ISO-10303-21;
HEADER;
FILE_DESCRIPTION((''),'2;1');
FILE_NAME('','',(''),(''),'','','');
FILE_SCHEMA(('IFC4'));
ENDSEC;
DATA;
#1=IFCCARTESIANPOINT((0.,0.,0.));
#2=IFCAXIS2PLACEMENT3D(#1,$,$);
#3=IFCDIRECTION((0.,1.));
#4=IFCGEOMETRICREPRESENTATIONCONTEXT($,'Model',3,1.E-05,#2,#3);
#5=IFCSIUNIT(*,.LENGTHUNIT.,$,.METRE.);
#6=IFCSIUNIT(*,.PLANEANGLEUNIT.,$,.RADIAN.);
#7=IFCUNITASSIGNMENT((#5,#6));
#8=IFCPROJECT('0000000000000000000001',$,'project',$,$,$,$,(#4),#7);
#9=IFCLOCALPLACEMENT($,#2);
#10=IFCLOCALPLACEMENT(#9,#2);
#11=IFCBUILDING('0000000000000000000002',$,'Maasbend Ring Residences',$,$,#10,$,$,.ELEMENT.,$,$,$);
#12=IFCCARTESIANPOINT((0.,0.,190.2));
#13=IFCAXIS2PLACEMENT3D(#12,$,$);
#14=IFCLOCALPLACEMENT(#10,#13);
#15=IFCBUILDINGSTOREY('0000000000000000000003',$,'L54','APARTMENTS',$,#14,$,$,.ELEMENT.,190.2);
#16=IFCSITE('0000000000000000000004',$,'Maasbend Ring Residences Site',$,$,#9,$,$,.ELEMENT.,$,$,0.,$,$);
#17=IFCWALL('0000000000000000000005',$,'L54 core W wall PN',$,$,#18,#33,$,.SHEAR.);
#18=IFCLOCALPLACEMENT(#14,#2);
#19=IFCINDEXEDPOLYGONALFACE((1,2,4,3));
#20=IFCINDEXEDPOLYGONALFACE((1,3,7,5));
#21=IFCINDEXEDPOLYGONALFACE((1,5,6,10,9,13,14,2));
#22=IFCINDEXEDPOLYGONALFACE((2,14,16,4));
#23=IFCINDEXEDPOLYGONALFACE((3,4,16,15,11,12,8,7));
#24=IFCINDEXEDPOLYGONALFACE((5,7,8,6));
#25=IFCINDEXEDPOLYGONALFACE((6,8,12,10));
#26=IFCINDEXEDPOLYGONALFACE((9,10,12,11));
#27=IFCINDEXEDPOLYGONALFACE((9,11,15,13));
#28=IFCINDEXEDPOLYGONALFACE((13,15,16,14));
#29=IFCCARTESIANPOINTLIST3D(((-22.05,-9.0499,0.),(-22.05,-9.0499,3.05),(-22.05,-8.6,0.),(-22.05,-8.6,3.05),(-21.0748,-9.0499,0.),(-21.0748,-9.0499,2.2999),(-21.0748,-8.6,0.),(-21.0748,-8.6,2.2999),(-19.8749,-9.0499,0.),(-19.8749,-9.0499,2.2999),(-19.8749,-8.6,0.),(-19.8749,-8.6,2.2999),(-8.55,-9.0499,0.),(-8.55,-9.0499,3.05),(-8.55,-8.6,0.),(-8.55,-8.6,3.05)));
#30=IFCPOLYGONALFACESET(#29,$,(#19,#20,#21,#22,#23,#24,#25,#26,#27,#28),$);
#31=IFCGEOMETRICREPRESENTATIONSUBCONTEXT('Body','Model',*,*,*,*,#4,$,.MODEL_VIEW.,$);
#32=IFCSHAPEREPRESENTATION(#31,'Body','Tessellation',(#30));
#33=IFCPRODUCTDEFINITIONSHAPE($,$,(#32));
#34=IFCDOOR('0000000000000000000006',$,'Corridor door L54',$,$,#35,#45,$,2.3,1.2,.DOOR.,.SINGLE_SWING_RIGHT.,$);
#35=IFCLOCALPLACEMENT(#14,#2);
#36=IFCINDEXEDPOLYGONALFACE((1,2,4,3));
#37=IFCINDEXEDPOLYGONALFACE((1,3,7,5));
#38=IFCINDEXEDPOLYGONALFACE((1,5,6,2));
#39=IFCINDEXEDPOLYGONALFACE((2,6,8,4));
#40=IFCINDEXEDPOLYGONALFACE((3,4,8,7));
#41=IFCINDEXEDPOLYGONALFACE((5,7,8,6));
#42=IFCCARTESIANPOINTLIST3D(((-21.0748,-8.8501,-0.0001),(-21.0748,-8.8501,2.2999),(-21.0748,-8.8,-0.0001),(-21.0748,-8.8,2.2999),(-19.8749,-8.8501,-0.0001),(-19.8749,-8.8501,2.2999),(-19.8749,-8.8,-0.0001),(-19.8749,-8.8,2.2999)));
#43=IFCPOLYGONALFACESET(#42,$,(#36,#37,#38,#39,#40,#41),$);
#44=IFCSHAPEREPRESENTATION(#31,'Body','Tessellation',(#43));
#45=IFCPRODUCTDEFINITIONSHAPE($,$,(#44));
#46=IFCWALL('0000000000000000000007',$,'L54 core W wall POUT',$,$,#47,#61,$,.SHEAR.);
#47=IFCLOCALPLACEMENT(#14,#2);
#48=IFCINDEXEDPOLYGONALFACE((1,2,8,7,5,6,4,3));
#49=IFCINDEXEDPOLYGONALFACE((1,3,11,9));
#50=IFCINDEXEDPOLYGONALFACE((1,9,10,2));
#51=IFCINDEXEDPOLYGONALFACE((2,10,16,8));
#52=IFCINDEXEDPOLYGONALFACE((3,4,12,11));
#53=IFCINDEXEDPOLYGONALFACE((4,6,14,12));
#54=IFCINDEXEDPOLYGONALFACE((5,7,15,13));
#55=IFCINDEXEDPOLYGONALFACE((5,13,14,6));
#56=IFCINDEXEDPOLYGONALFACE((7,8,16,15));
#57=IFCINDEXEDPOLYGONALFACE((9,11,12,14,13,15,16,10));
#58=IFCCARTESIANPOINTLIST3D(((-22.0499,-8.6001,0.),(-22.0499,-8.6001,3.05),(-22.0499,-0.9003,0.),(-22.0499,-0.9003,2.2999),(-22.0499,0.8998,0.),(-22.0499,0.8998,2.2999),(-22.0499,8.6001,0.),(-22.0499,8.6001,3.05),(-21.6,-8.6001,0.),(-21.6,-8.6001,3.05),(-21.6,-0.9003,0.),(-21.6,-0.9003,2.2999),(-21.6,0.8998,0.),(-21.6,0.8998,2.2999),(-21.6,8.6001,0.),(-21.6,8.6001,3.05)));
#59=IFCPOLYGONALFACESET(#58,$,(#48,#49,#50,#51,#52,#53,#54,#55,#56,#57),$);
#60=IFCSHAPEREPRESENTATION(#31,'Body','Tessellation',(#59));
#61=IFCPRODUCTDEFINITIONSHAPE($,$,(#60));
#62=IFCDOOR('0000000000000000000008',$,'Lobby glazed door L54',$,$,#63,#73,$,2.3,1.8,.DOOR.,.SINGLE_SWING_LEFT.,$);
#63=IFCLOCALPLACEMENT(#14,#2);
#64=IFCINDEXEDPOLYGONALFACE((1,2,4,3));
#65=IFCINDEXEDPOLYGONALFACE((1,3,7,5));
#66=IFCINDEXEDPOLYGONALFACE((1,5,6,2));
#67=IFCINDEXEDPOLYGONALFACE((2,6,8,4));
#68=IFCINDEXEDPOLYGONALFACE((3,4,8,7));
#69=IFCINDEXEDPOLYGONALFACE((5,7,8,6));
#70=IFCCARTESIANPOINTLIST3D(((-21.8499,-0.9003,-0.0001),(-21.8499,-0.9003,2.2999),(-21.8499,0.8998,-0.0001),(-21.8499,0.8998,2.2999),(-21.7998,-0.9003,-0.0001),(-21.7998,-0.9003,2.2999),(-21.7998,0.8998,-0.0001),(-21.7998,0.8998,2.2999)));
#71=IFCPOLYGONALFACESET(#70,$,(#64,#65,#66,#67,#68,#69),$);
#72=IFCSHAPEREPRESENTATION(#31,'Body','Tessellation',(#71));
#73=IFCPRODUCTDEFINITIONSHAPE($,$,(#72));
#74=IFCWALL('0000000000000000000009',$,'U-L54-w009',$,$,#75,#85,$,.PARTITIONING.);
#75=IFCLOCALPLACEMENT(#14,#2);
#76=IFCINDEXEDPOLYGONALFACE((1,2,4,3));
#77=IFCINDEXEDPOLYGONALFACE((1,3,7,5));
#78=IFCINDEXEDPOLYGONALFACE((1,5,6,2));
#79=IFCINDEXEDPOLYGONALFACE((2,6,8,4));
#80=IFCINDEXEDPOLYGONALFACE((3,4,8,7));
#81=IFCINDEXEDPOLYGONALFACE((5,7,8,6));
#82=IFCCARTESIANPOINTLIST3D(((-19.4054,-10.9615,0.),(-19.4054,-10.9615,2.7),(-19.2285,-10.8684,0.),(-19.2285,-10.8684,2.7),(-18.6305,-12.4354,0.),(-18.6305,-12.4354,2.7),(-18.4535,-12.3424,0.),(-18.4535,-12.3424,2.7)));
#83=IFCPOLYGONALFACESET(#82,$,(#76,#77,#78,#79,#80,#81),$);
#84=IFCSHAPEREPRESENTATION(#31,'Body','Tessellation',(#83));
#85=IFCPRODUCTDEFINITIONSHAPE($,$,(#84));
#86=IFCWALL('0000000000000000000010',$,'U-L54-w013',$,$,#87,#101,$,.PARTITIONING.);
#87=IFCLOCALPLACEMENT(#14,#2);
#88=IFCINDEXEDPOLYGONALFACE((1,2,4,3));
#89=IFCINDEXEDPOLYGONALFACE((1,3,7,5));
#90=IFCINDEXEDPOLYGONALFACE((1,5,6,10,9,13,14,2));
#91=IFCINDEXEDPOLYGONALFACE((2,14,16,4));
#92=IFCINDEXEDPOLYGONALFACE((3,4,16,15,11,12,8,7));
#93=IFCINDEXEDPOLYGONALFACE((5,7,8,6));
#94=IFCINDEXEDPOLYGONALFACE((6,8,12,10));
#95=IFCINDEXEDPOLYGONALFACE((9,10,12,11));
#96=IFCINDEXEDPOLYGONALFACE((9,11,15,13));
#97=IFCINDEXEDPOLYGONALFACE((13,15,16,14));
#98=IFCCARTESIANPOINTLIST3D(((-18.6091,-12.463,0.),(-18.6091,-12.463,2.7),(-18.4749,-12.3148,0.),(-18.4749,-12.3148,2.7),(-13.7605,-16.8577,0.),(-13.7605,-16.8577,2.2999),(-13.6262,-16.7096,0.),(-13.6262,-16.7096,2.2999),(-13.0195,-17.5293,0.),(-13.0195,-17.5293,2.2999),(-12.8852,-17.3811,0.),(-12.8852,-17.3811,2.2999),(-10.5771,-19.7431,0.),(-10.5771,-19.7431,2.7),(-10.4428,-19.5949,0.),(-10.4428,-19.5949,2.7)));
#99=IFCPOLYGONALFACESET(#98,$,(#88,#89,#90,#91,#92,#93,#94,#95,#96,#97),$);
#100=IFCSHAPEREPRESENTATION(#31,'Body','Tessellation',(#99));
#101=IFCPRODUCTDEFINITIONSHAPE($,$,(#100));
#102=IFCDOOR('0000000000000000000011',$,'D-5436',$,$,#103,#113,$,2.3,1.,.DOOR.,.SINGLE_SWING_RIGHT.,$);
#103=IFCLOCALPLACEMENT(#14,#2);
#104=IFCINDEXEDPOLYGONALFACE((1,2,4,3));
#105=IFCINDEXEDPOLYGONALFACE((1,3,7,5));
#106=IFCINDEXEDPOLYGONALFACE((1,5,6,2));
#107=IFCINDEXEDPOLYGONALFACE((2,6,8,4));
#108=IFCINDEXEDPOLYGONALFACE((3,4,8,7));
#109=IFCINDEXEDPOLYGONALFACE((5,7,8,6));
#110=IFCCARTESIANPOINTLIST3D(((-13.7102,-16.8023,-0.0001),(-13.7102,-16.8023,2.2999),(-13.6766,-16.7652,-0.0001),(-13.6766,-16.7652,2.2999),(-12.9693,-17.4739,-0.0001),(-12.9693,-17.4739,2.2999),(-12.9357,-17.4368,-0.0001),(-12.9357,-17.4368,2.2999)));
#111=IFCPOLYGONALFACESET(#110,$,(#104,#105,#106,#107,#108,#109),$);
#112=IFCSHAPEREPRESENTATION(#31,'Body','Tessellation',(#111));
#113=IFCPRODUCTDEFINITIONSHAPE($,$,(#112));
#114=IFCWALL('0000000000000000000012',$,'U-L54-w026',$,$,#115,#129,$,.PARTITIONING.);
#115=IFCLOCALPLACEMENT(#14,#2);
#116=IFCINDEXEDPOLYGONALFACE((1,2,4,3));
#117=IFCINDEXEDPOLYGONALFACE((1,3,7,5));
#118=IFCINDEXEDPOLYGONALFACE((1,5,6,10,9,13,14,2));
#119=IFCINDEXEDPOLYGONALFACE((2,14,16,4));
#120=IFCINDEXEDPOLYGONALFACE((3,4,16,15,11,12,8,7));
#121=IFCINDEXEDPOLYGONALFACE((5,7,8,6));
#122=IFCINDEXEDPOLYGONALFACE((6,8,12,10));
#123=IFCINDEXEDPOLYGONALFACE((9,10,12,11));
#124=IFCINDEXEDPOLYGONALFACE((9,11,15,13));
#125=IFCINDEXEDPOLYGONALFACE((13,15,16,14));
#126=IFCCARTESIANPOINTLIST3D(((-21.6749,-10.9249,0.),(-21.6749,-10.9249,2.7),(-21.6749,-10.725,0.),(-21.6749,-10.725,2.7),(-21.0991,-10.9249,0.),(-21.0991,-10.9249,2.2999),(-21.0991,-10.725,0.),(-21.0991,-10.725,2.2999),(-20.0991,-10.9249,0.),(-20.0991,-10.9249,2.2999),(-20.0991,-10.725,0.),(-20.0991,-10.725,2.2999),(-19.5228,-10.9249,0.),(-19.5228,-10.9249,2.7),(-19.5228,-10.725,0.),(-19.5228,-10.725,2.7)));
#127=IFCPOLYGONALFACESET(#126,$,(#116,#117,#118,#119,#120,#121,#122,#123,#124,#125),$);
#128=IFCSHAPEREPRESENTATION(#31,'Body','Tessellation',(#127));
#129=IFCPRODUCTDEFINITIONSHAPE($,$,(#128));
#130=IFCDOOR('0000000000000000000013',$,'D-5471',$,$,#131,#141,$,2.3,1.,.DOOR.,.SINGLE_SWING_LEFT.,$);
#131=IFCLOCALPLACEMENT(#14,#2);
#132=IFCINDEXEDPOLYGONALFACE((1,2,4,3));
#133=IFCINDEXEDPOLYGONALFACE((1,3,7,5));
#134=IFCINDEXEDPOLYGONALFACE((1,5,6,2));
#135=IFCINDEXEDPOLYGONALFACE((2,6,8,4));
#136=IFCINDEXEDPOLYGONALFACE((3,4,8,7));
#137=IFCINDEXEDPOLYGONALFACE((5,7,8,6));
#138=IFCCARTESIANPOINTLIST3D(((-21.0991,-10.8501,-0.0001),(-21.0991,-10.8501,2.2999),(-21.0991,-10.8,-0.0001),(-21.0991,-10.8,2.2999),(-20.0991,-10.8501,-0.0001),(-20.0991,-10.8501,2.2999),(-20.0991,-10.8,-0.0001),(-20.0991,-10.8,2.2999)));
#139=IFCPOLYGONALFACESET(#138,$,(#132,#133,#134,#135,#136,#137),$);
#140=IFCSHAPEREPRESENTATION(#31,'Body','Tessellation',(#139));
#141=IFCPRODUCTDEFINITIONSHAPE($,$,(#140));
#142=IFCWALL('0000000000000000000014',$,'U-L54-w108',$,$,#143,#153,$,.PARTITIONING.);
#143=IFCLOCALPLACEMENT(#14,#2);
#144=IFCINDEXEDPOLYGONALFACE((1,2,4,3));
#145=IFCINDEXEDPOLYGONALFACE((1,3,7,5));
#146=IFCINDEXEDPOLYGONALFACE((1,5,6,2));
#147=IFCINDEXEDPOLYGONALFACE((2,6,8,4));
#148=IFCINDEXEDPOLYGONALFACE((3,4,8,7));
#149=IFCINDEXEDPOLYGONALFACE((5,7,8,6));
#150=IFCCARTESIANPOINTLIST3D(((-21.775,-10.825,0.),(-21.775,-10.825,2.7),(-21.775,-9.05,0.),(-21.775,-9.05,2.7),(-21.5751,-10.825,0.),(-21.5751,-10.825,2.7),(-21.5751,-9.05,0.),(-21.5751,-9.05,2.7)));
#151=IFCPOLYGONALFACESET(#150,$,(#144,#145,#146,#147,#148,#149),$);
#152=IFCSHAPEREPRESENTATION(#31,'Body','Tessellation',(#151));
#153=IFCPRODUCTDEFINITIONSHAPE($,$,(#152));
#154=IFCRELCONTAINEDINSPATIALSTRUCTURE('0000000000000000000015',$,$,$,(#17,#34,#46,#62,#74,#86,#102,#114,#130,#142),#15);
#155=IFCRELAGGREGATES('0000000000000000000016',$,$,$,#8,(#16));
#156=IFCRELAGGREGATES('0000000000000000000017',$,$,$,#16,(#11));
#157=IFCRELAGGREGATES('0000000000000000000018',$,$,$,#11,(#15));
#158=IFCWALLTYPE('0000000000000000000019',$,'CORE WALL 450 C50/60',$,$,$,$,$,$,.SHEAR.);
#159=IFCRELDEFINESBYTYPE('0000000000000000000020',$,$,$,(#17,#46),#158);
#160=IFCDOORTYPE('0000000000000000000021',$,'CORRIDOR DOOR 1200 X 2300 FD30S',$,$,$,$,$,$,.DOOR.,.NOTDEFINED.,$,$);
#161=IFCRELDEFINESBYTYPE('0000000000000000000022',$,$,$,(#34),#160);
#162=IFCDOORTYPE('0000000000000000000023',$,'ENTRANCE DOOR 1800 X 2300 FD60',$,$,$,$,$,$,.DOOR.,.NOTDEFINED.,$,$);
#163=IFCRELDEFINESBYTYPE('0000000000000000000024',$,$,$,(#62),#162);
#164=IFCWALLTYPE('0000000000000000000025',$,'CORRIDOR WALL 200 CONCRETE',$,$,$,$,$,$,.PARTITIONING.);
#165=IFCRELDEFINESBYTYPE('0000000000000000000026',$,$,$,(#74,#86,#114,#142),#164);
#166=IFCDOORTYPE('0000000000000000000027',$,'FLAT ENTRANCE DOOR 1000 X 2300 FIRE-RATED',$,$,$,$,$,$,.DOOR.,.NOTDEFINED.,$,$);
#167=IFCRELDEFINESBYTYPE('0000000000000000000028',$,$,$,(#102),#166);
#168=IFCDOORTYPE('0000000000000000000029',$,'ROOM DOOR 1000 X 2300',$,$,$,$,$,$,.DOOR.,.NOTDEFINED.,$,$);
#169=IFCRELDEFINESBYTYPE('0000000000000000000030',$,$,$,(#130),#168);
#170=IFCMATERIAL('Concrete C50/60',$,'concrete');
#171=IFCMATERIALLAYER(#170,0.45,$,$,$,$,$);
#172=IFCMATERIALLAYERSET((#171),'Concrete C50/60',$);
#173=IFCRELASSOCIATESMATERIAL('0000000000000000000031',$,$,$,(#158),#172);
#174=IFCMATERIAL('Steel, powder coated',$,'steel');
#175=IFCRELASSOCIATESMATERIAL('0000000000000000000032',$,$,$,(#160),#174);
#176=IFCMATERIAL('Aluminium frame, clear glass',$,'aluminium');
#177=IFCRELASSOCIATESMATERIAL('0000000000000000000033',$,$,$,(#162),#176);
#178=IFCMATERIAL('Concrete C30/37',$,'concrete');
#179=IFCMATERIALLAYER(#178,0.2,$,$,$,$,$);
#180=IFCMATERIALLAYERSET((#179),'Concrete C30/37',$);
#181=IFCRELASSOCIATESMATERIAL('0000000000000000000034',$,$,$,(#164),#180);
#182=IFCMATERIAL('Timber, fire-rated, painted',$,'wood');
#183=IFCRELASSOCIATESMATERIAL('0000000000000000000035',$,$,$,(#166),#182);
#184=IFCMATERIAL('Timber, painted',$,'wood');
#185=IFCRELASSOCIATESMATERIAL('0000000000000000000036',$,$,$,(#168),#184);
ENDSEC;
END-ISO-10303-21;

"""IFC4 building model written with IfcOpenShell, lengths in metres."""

from ifc_helpers import new_model, si_unit, direction, frame, frame_2d, origin, place, context, subcontext, project, spatial, rectangle, extrude, material, layer, layer_set, type_object, element, fill, save


model = new_model("IFC4")

# Units and contexts
model_context = context("Model", 3, precision=1e-05, world=origin(), true_north=direction((0.0, 1.0)))
body_context = subcontext(model_context, "Body", "Model", "MODEL_VIEW")
ifc_project = project(units=[si_unit("LENGTHUNIT", "METRE"), si_unit("PLANEANGLEUNIT", "RADIAN")], contexts=[model_context])

# Site, building, storey
site_placement = place(None, origin())
site = spatial("IfcSite", under=ifc_project, at=site_placement, Name="Maasbend Ring Residences Site", CompositionType="ELEMENT", RefElevation=0.0)
building_placement = place(site_placement, origin())
building = spatial("IfcBuilding", under=site, at=building_placement, Name="Maasbend Ring Residences", CompositionType="ELEMENT")
storey_placement = place(building_placement, frame((0.0, 0.0, 190.2)))
storey = spatial("IfcBuildingStorey", under=building, at=storey_placement, Name="L54", Description="APARTMENTS", CompositionType="ELEMENT", Elevation=190.2)

# Walls, openings, doors
ifc_material_1 = material(Name="Concrete C50/60", Category="concrete")
ifc_layer_1 = layer(ifc_material_1, 0.45)
ifc_layer_set_1 = layer_set([ifc_layer_1], Name="Concrete C50/60")
wall_type_1 = type_object("IfcWallType", Name="CORE WALL 450 C50/60", PredefinedType="SHEAR", material=ifc_layer_set_1)
wall_1_placement = place(storey_placement, frame((-22.05, -8.825, 0.0), z_axis=(0.0, 0.0, 1.0), x_axis=(1.0, 0.0, 0.0)))
wall_1 = element("IfcWall", 1, at=wall_1_placement, inside=storey, type_object=wall_type_1, Name="L54 core W wall PN", PredefinedType="SHEAR", context=body_context, shape_type="SweptSolid", body=[
    extrude(rectangle(XDim=13.5, YDim=0.45, at=frame_2d((6.75, 0.0))), origin(), (0.0, 0.0, 1.0), 3.05),
])
opening_1_placement = place(wall_1_placement, frame((0.9751, 0.0, 0.0)))
opening_1 = element("IfcOpeningElement", 2, at=opening_1_placement, cuts=wall_1, PredefinedType="OPENING", context=body_context, shape_type="SweptSolid", body=[
    extrude(rectangle(XDim=1.2, YDim=2.3, at=frame_2d((0.6001, 1.1499))), frame((0.0, 0.2349, 0.0), z_axis=(0.0, -1.0, 0.0), x_axis=(1.0, 0.0, 0.0)), (0.0, 0.0, 1.0), 0.47),
])
ifc_material_2 = material(Name="Steel, powder coated", Category="steel")
door_type_1 = type_object("IfcDoorType", Name="CORRIDOR DOOR 1200 X 2300 FD30S", OperationType="NOTDEFINED", PredefinedType="DOOR", material=ifc_material_2)
door_1_placement = place(opening_1_placement, origin())
door_1 = element("IfcDoor", 3, at=door_1_placement, inside=storey, type_object=door_type_1, Name="Corridor door L54", OperationType="SINGLE_SWING_RIGHT", OverallHeight=2.3, OverallWidth=1.2, PredefinedType="DOOR", context=body_context, shape_type="SweptSolid", body=[
    extrude(rectangle(XDim=1.2, YDim=2.3, at=frame_2d((0.6001, 1.1499))), frame((0.0, 0.0249, 0.0), z_axis=(0.0, -1.0, 0.0), x_axis=(1.0, 0.0, 0.0)), (0.0, 0.0, 1.0), 0.05),
])
fill(opening_1, door_1)
wall_2_placement = place(storey_placement, frame((-21.825, -8.6001, 0.0), z_axis=(0.0, 0.0, 1.0), x_axis=(0.0, 1.0, 0.0)))
wall_2 = element("IfcWall", 4, at=wall_2_placement, inside=storey, type_object=wall_type_1, Name="L54 core W wall POUT", PredefinedType="SHEAR", context=body_context, shape_type="SweptSolid", body=[
    extrude(rectangle(XDim=17.2002, YDim=0.45, at=frame_2d((8.6001, 0.0))), origin(), (0.0, 0.0, 1.0), 3.05),
])
opening_2_placement = place(wall_2_placement, frame((7.7, 0.0, 0.0)))
opening_2 = element("IfcOpeningElement", 5, at=opening_2_placement, cuts=wall_2, PredefinedType="OPENING", context=body_context, shape_type="SweptSolid", body=[
    extrude(rectangle(XDim=1.8, YDim=2.3, at=frame_2d((0.8999, 1.1499))), frame((0.0, 0.2349, 0.0), z_axis=(0.0, -1.0, 0.0), x_axis=(1.0, 0.0, 0.0)), (0.0, 0.0, 1.0), 0.47),
])
ifc_material_3 = material(Name="Aluminium frame, clear glass", Category="aluminium")
door_type_2 = type_object("IfcDoorType", Name="ENTRANCE DOOR 1800 X 2300 FD60", OperationType="NOTDEFINED", PredefinedType="DOOR", material=ifc_material_3)
door_2_placement = place(opening_2_placement, origin())
door_2 = element("IfcDoor", 6, at=door_2_placement, inside=storey, type_object=door_type_2, Name="Lobby glazed door L54", OperationType="SINGLE_SWING_LEFT", OverallHeight=2.3, OverallWidth=1.8, PredefinedType="DOOR", context=body_context, shape_type="SweptSolid", body=[
    extrude(rectangle(XDim=1.8, YDim=2.3, at=frame_2d((0.8999, 1.1499))), frame((0.0, 0.0249, 0.0), z_axis=(0.0, -1.0, 0.0), x_axis=(1.0, 0.0, 0.0)), (0.0, 0.0, 1.0), 0.05),
])
fill(opening_2, door_2)

# Wall
ifc_material_4 = material(Name="Concrete C30/37", Category="concrete")
ifc_layer_2 = layer(ifc_material_4, 0.2)
ifc_layer_set_2 = layer_set([ifc_layer_2], Name="Concrete C30/37")
wall_type_2 = type_object("IfcWallType", Name="CORRIDOR WALL 200 CONCRETE", PredefinedType="PARTITIONING", material=ifc_layer_set_2)
wall_3_placement = place(storey_placement, frame((-19.3169, -10.915, 0.0), z_axis=(0.0, 0.0, 1.0), x_axis=(0.46536, -0.885122, 0.0)))
element("IfcWall", 7, at=wall_3_placement, inside=storey, type_object=wall_type_2, Name="U-L54-w009", PredefinedType="PARTITIONING", context=body_context, shape_type="SweptSolid", body=[
    extrude(rectangle(XDim=1.6653, YDim=0.2, at=frame_2d((0.8325, 0.0))), origin(), (0.0, 0.0, 1.0), 2.7),
])

# Walls, openings, doors
wall_4_placement = place(storey_placement, frame((-18.542, -12.3889, 0.0), z_axis=(0.0, 0.0, 1.0), x_axis=(0.740939, -0.671572, 0.0)))
wall_4 = element("IfcWall", 8, at=wall_4_placement, inside=storey, type_object=wall_type_2, Name="U-L54-w013", PredefinedType="PARTITIONING", context=body_context, shape_type="SweptSolid", body=[
    extrude(rectangle(XDim=10.8403, YDim=0.2, at=frame_2d((5.4202, 0.0))), origin(), (0.0, 0.0, 1.0), 2.7),
])
opening_3_placement = place(wall_4_placement, frame((6.5439, 0.0, 0.0)))
opening_3 = element("IfcOpeningElement", 9, at=opening_3_placement, cuts=wall_4, PredefinedType="OPENING", context=body_context, shape_type="SweptSolid", body=[
    extrude(rectangle(XDim=1.0, YDim=2.3, at=frame_2d((0.5, 1.1499))), frame((0.0, 0.1099, 0.0), z_axis=(0.0, -1.0, 0.0), x_axis=(1.0, 0.0, 0.0)), (0.0, 0.0, 1.0), 0.22),
])
ifc_material_5 = material(Name="Timber, fire-rated, painted", Category="wood")
door_type_3 = type_object("IfcDoorType", Name="FLAT ENTRANCE DOOR 1000 X 2300 FIRE-RATED", OperationType="NOTDEFINED", PredefinedType="DOOR", material=ifc_material_5)
door_3_placement = place(opening_3_placement, origin())
door_3 = element("IfcDoor", 10, at=door_3_placement, inside=storey, type_object=door_type_3, Name="D-5436", OperationType="SINGLE_SWING_RIGHT", OverallHeight=2.3, OverallWidth=1.0, PredefinedType="DOOR", context=body_context, shape_type="SweptSolid", body=[
    extrude(rectangle(XDim=1.0, YDim=2.3, at=frame_2d((0.5, 1.1499))), frame((0.0, 0.0249, 0.0), z_axis=(0.0, -1.0, 0.0), x_axis=(1.0, 0.0, 0.0)), (0.0, 0.0, 1.0), 0.05),
])
fill(opening_3, door_3)
wall_5_placement = place(storey_placement, frame((-21.675, -10.825, 0.0), z_axis=(0.0, 0.0, 1.0), x_axis=(1.0, 0.0, 0.0)))
wall_5 = element("IfcWall", 11, at=wall_5_placement, inside=storey, type_object=wall_type_2, Name="U-L54-w026", PredefinedType="PARTITIONING", context=body_context, shape_type="SweptSolid", body=[
    extrude(rectangle(XDim=2.1521, YDim=0.2, at=frame_2d((1.0762, 0.0))), origin(), (0.0, 0.0, 1.0), 2.7),
])
opening_4_placement = place(wall_5_placement, frame((0.5759, 0.0, 0.0)))
opening_4 = element("IfcOpeningElement", 12, at=opening_4_placement, cuts=wall_5, PredefinedType="OPENING", context=body_context, shape_type="SweptSolid", body=[
    extrude(rectangle(XDim=1.0, YDim=2.3, at=frame_2d((0.5, 1.1499))), frame((0.0, 0.1099, 0.0), z_axis=(0.0, -1.0, 0.0), x_axis=(1.0, 0.0, 0.0)), (0.0, 0.0, 1.0), 0.22),
])
ifc_material_6 = material(Name="Timber, painted", Category="wood")
door_type_4 = type_object("IfcDoorType", Name="ROOM DOOR 1000 X 2300", OperationType="NOTDEFINED", PredefinedType="DOOR", material=ifc_material_6)
door_4_placement = place(opening_4_placement, origin())
door_4 = element("IfcDoor", 13, at=door_4_placement, inside=storey, type_object=door_type_4, Name="D-5471", OperationType="SINGLE_SWING_LEFT", OverallHeight=2.3, OverallWidth=1.0, PredefinedType="DOOR", context=body_context, shape_type="SweptSolid", body=[
    extrude(rectangle(XDim=1.0, YDim=2.3, at=frame_2d((0.5, 1.1499))), frame((0.0, 0.0249, 0.0), z_axis=(0.0, -1.0, 0.0), x_axis=(1.0, 0.0, 0.0)), (0.0, 0.0, 1.0), 0.05),
])
fill(opening_4, door_4)

# Wall
wall_6_placement = place(storey_placement, frame((-21.675, -10.825, 0.0), z_axis=(0.0, 0.0, 1.0), x_axis=(0.0, 1.0, 0.0)))
element("IfcWall", 14, at=wall_6_placement, inside=storey, type_object=wall_type_2, Name="U-L54-w108", PredefinedType="PARTITIONING", context=body_context, shape_type="SweptSolid", body=[
    extrude(rectangle(XDim=1.7749, YDim=0.2, at=frame_2d((0.8875, 0.0))), origin(), (0.0, 0.0, 1.0), 2.7),
])

save(model, "model.ifc")
